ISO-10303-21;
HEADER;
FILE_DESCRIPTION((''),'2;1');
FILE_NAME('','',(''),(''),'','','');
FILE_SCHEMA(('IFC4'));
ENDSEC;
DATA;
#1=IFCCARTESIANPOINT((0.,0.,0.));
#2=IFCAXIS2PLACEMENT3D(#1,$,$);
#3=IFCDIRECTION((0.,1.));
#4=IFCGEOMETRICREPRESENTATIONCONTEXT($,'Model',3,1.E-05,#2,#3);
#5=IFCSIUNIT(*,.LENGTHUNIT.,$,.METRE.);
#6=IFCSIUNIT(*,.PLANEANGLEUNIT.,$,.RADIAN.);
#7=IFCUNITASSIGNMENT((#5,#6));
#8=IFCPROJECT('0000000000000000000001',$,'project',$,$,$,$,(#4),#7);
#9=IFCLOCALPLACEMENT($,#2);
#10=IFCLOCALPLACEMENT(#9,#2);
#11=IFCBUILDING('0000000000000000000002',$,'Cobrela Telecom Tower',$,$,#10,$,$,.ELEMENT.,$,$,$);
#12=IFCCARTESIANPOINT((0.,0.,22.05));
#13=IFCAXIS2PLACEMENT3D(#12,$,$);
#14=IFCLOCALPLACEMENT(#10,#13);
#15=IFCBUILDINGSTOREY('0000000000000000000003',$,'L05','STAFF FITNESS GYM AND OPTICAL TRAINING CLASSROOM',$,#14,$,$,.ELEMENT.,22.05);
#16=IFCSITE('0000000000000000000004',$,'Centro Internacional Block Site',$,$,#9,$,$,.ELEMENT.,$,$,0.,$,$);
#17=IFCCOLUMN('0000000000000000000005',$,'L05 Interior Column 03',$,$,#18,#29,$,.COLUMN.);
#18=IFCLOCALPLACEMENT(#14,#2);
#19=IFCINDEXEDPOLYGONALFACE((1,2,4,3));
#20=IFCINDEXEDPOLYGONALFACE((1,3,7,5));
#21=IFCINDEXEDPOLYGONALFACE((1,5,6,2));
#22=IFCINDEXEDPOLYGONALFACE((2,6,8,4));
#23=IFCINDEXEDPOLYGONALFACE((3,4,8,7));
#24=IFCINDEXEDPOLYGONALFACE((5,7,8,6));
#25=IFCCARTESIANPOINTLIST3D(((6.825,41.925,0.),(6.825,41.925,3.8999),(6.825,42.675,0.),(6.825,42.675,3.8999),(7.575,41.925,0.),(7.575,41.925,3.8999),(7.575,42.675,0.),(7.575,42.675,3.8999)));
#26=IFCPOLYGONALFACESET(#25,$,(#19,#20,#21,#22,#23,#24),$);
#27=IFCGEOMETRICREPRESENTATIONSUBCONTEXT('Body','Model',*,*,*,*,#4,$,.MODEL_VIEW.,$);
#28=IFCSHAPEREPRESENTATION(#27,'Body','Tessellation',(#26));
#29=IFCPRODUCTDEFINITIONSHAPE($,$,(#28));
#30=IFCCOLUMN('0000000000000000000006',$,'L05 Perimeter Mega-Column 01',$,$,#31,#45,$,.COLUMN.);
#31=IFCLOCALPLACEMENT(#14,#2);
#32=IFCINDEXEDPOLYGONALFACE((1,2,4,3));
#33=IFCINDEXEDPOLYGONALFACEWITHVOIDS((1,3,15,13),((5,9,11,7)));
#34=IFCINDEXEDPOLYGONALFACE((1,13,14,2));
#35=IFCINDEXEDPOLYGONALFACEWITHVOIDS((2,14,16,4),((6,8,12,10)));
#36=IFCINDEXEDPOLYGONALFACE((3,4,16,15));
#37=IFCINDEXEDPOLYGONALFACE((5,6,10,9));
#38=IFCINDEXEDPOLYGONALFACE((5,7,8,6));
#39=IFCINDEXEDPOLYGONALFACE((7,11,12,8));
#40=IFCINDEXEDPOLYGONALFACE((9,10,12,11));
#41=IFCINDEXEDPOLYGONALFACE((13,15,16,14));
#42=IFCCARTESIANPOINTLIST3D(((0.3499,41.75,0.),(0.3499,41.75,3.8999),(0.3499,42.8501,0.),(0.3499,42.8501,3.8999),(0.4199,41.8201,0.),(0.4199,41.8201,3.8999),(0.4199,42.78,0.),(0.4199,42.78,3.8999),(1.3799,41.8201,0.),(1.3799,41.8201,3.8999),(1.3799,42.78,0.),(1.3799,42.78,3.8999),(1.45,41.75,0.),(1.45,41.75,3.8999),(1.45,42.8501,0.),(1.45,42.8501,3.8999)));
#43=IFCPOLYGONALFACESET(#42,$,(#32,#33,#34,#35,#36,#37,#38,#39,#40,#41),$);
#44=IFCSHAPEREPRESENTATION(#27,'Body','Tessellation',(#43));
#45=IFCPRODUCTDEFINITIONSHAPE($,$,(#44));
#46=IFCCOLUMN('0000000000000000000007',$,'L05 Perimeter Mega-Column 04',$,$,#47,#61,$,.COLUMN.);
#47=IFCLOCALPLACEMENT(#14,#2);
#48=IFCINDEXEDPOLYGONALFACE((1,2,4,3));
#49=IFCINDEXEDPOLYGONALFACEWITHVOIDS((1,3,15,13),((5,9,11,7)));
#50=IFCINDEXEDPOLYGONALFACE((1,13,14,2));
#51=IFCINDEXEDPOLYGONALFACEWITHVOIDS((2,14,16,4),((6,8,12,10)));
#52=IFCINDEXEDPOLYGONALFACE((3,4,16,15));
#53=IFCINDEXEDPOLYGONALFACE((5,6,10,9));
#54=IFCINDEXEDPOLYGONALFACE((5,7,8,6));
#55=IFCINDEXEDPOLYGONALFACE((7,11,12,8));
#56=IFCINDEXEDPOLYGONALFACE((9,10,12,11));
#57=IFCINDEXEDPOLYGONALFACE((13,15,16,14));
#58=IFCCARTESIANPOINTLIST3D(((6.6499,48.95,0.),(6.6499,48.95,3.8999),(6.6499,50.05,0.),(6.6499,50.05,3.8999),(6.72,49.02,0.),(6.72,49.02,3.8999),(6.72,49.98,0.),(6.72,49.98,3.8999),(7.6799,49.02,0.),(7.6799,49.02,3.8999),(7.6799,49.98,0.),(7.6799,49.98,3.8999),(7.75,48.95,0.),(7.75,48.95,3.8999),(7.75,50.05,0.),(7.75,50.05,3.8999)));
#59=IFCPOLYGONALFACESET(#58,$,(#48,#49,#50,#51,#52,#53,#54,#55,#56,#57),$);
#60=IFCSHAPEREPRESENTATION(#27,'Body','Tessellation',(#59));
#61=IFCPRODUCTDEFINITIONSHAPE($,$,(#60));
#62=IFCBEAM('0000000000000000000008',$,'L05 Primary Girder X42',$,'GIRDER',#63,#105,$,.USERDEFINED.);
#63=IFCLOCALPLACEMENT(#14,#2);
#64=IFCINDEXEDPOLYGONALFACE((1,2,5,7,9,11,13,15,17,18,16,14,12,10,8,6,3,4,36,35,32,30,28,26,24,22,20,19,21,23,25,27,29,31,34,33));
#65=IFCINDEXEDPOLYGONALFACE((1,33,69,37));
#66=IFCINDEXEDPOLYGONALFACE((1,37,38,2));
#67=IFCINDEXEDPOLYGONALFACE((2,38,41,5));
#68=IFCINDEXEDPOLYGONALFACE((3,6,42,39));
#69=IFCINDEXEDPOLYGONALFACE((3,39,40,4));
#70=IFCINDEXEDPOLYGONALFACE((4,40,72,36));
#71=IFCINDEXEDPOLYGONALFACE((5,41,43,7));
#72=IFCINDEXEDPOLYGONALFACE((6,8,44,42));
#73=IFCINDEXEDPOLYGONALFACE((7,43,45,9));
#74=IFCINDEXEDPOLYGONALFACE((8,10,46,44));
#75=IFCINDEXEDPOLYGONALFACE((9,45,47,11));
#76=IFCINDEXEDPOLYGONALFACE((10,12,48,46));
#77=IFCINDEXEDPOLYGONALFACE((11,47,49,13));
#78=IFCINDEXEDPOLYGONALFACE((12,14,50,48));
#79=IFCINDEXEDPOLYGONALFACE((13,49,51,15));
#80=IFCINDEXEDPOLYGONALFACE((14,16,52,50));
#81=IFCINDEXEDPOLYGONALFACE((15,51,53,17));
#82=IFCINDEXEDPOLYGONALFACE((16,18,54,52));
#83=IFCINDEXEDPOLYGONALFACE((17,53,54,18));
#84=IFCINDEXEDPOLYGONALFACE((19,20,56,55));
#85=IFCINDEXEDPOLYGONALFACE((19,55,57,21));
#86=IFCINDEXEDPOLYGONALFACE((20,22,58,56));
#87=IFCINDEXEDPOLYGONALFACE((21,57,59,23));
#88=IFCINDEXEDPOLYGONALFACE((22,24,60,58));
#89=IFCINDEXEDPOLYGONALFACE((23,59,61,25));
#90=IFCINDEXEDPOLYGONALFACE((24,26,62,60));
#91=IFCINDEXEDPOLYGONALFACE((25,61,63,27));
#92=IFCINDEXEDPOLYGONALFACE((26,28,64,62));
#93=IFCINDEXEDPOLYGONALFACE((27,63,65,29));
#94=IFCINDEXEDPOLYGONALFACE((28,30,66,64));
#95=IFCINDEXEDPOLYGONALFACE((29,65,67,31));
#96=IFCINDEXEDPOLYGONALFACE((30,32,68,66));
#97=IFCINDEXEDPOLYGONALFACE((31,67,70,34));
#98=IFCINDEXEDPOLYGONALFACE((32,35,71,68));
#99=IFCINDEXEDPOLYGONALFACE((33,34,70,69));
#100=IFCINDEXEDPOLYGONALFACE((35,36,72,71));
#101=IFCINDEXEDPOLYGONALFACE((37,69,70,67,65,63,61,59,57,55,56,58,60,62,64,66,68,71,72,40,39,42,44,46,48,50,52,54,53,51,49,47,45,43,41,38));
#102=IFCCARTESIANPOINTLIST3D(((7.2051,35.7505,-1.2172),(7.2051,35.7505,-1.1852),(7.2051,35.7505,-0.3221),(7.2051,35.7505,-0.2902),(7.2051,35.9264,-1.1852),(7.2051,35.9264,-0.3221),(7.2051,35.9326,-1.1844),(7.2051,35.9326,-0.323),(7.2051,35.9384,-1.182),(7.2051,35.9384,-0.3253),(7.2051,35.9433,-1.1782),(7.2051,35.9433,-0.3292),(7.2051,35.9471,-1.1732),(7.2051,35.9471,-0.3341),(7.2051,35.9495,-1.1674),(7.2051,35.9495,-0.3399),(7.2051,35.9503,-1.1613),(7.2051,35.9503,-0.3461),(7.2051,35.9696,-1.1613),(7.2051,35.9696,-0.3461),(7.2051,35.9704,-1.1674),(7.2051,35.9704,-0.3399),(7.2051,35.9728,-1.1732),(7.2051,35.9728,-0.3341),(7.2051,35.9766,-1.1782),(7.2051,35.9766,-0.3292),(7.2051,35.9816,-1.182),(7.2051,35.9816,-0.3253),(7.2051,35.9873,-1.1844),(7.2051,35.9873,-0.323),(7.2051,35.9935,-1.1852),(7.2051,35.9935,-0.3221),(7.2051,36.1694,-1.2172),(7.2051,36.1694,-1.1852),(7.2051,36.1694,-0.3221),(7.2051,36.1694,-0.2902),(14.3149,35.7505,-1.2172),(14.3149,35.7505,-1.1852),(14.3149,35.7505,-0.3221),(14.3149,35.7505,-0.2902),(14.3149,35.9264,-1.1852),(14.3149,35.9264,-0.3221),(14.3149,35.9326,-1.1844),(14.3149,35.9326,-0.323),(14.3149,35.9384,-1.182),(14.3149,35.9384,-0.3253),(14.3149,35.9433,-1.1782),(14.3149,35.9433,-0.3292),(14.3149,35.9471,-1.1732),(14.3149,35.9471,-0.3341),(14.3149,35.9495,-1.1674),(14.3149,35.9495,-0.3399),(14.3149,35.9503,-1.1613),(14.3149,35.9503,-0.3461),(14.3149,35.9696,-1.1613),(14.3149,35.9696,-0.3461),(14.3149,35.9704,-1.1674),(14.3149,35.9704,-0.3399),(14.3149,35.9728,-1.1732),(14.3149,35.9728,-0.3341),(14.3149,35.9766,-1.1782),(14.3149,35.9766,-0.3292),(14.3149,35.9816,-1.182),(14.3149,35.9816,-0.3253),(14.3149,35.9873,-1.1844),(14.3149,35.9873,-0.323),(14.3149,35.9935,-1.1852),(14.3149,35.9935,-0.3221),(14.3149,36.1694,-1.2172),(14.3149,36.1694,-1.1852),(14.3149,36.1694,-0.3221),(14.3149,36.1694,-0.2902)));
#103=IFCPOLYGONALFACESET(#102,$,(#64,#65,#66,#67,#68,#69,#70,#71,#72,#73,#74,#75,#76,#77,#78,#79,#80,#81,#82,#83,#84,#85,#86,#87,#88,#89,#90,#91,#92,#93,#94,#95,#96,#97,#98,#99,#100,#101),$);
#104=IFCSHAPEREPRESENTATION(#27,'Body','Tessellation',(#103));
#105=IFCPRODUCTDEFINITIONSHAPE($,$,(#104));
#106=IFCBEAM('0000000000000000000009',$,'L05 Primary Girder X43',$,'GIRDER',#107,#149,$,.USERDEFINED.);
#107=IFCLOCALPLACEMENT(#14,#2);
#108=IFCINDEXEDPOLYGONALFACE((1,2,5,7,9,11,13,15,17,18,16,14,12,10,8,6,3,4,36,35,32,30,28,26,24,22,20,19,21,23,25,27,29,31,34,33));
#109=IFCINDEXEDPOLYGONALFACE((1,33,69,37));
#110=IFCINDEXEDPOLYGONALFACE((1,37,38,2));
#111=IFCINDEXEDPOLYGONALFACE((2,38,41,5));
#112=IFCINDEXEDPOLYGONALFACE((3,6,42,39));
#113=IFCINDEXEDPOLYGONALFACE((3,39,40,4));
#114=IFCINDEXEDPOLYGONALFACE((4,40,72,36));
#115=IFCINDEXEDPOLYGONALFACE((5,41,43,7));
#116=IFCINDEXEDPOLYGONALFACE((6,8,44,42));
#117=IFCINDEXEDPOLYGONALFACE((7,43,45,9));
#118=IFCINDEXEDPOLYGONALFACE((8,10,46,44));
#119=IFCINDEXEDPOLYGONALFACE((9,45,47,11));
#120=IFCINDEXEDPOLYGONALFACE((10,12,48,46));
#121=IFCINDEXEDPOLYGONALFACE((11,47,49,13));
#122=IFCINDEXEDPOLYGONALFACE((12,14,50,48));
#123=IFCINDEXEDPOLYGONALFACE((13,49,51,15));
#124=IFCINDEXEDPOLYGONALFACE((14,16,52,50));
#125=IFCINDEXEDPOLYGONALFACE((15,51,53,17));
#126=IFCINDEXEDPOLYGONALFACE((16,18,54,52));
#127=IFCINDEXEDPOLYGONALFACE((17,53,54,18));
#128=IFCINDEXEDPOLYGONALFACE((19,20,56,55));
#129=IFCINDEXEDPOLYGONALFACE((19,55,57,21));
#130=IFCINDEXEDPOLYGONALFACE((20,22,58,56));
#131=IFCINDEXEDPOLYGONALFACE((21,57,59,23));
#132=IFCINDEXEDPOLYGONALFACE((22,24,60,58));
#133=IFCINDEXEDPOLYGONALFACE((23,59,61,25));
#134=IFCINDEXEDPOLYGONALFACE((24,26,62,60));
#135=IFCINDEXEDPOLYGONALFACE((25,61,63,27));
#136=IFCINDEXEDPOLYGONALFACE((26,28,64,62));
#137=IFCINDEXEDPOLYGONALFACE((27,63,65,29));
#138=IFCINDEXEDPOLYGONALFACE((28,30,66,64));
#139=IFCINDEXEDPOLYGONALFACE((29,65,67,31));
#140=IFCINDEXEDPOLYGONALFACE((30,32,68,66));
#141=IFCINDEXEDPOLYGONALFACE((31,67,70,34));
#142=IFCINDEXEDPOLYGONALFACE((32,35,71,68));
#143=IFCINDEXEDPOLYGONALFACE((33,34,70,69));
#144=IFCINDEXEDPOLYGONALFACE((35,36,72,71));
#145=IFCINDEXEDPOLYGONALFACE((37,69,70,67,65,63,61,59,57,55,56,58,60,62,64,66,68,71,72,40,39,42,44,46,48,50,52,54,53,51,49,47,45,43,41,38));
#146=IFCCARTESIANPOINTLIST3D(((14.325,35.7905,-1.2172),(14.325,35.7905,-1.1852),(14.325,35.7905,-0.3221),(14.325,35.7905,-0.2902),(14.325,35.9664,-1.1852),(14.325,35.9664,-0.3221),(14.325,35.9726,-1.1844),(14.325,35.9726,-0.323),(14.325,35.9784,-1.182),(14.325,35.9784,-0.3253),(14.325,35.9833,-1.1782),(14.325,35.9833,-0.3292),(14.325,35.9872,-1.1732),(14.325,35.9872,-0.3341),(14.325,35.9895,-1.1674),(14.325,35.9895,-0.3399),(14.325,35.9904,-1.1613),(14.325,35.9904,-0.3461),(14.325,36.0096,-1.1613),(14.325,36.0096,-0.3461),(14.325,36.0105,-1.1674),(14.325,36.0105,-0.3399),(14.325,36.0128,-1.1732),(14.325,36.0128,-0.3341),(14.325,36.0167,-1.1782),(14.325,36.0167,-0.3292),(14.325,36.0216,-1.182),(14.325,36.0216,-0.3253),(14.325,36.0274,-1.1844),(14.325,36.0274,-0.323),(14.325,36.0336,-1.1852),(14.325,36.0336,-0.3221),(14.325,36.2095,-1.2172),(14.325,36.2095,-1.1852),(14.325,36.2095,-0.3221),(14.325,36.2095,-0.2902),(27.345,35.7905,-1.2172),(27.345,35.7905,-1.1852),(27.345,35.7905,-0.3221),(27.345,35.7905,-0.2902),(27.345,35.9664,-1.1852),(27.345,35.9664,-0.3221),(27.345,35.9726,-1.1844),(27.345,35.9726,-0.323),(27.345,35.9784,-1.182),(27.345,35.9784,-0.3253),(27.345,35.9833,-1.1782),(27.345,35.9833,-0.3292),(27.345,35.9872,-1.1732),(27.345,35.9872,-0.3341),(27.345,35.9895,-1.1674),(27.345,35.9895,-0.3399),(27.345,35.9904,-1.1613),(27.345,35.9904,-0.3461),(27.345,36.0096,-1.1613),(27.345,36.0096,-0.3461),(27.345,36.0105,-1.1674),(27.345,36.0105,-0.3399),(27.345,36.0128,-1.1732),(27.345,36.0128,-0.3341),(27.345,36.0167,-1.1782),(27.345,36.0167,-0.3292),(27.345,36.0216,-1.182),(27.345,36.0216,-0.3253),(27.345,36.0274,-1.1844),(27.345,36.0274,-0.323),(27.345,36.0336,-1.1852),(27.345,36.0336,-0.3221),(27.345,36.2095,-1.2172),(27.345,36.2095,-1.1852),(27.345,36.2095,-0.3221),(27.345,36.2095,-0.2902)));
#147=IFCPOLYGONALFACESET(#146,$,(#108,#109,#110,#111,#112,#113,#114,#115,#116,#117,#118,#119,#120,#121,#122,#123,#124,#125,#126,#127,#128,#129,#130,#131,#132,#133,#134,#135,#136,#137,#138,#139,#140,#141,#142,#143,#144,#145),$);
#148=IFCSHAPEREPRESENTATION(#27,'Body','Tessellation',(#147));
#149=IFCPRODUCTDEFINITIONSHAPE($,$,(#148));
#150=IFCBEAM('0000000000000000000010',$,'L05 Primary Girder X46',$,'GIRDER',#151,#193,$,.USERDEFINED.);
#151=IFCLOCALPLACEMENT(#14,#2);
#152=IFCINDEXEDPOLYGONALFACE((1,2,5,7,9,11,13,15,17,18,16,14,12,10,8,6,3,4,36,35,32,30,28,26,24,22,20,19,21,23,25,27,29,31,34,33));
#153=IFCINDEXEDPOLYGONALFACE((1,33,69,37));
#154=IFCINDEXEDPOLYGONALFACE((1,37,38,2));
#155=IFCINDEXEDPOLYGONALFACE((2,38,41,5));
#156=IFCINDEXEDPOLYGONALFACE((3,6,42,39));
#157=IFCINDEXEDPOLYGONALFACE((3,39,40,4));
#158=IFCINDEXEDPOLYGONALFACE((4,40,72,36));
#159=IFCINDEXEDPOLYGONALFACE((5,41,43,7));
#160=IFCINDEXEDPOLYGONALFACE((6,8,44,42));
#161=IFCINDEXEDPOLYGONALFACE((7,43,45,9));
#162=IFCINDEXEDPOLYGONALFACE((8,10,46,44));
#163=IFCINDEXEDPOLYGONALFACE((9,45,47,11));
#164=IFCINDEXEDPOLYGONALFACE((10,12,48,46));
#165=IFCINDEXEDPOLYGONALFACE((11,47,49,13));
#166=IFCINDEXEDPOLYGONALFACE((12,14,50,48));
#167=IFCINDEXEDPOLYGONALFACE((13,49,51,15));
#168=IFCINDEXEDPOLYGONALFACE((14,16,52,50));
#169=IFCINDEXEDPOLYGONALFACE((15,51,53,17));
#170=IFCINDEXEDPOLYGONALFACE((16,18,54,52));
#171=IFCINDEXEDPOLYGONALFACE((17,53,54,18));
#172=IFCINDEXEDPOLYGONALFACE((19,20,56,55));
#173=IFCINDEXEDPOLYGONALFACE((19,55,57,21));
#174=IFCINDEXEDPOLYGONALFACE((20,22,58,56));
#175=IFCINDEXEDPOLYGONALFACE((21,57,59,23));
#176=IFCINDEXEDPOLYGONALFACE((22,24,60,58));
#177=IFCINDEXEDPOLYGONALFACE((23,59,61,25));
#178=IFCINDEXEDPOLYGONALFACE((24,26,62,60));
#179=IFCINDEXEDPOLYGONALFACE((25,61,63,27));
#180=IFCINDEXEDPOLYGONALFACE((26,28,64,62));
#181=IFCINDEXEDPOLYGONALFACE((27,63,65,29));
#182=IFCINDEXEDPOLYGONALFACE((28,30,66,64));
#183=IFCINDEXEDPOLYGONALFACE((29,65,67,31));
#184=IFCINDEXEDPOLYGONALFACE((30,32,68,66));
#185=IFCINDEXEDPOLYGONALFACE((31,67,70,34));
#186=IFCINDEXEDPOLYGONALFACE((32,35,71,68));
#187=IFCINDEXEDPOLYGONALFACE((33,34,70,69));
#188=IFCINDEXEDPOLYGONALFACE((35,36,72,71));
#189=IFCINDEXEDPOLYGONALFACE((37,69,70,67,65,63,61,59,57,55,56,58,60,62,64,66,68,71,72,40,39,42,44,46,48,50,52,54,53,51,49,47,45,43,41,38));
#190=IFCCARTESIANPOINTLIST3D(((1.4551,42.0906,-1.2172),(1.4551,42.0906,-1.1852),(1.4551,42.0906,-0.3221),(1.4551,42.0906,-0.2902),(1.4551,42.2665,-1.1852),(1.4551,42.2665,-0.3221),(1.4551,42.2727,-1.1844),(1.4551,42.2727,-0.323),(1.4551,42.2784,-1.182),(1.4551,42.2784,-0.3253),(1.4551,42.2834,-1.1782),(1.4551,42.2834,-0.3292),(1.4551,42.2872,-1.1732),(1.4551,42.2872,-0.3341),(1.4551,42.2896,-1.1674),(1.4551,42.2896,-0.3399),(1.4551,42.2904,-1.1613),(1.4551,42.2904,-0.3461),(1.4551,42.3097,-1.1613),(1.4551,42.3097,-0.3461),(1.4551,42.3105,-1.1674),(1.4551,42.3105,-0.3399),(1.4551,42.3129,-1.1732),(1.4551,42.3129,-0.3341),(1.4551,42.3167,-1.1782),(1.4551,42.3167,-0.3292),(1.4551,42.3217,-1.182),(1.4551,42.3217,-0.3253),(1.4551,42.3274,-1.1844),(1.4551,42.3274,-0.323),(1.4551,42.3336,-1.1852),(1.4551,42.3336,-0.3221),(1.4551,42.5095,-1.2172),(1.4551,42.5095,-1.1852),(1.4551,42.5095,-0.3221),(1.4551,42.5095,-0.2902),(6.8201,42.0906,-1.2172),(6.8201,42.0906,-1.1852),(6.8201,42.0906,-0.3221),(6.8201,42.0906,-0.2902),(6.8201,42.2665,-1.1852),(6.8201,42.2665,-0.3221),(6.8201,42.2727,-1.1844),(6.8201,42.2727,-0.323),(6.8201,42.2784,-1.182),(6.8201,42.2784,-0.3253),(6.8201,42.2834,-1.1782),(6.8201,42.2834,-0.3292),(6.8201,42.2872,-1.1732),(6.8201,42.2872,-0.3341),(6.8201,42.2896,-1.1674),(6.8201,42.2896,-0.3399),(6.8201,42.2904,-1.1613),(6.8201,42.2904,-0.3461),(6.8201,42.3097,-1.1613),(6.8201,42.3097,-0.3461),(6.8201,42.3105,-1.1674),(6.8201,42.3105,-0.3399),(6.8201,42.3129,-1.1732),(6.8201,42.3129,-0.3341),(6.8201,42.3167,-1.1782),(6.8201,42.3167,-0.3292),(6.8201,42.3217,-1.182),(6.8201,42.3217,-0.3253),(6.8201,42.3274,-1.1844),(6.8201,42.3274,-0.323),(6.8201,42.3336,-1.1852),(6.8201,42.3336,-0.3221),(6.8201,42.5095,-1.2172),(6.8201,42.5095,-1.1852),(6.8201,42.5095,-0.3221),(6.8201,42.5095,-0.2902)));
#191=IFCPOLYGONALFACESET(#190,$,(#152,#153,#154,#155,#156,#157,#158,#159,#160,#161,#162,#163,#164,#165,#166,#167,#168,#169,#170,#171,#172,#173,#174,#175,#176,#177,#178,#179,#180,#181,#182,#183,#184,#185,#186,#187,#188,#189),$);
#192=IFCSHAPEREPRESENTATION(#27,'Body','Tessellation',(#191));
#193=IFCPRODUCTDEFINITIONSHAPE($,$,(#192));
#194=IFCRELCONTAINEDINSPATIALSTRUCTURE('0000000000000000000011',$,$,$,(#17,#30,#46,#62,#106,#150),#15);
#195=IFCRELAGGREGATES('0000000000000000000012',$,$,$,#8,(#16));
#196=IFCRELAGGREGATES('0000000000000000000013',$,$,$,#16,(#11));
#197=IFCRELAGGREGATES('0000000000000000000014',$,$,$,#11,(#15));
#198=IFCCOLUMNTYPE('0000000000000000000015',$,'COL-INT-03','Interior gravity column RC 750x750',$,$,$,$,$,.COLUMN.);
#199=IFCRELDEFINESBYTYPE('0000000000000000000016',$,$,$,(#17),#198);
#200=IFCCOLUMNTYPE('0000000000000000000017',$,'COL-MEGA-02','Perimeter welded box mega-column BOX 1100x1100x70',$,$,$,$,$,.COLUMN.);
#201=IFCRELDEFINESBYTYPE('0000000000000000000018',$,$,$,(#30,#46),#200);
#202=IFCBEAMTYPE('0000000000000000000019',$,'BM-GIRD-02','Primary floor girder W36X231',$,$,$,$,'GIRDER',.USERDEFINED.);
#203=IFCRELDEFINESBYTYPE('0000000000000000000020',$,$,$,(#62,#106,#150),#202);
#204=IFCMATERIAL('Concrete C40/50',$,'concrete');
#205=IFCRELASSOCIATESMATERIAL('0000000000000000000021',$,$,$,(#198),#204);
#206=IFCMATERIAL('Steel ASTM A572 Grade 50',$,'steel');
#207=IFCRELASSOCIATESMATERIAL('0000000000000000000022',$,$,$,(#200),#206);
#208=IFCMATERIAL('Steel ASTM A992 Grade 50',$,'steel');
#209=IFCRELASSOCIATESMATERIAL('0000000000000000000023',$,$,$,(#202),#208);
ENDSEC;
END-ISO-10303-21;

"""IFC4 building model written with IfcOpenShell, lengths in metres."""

from ifc_helpers import new_model, si_unit, direction, frame, origin, origin_2d, place, context, subcontext, project, spatial, rectangle, hollow_rectangle, i_section, extrude, material, material_profile, profile_set, type_object, element, save


model = new_model("IFC4")

# Units and contexts
model_context = context("Model", 3, precision=1e-05, world=origin(), true_north=direction((0.0, 1.0)))
body_context = subcontext(model_context, "Body", "Model", "MODEL_VIEW")
ifc_project = project(units=[si_unit("LENGTHUNIT", "METRE"), si_unit("PLANEANGLEUNIT", "RADIAN")], contexts=[model_context])

# Site, building, storey
site_placement = place(None, origin())
site = spatial("IfcSite", under=ifc_project, at=site_placement, Name="Centro Internacional Block Site", CompositionType="ELEMENT", RefElevation=0.0)
building_placement = place(site_placement, origin())
building = spatial("IfcBuilding", under=site, at=building_placement, Name="Cobrela Telecom Tower", CompositionType="ELEMENT")
storey_placement = place(building_placement, frame((0.0, 0.0, 22.05)))
storey = spatial("IfcBuildingStorey", under=building, at=storey_placement, Name="L05", Description="STAFF FITNESS GYM AND OPTICAL TRAINING CLASSROOM", CompositionType="ELEMENT", Elevation=22.05)

# Columns
ifc_material_1 = material(Name="Concrete C40/50", Category="concrete")
ifc_material_profile_1 = material_profile(ifc_material_1, rectangle(XDim=0.75, YDim=0.75, at=origin_2d()), Name="RC 750x750")
ifc_profile_set_1 = profile_set([ifc_material_profile_1], Name="Concrete C40/50")
column_type_1 = type_object("IfcColumnType", Name="COL-INT-03", Description="Interior gravity column RC 750x750", PredefinedType="COLUMN", material=ifc_profile_set_1)
column_placement = place(storey_placement, frame((7.2, 42.3, 0.0), z_axis=(0.0, 0.0, 1.0), x_axis=(1.0, 0.0, 0.0)))
element("IfcColumn", 1, at=column_placement, inside=storey, type_object=column_type_1, Name="L05 Interior Column 03", PredefinedType="COLUMN", context=body_context, shape_type="SweptSolid", body=[
    extrude(rectangle(XDim=0.75, YDim=0.75, at=origin_2d()), origin(), (0.0, 0.0, 1.0), 3.8999),
])
ifc_material_2 = material(Name="Steel ASTM A572 Grade 50", Category="steel")
ifc_material_profile_2 = material_profile(ifc_material_2, hollow_rectangle(XDim=1.1001, YDim=1.1001, WallThickness=0.0701, at=origin_2d()), Name="BOX 1100x1100x70")
ifc_profile_set_2 = profile_set([ifc_material_profile_2], Name="Steel ASTM A572 Grade 50")
column_type_2 = type_object("IfcColumnType", Name="COL-MEGA-02", Description="Perimeter welded box mega-column BOX 1100x1100x70", PredefinedType="COLUMN", material=ifc_profile_set_2)
for number, where, z_axis, x_axis, name in (
    (2, (0.8999, 42.3, 0.0), (0.0, 0.0, 1.0), (1.0, 0.0, 0.0), "L05 Perimeter Mega-Column 01"),
    (3, (7.2, 49.5, 0.0), (0.0, 0.0, 1.0), (1.0, 0.0, 0.0), "L05 Perimeter Mega-Column 04"),
):
    element("IfcColumn", number, at=place(storey_placement, frame(where, z_axis=z_axis, x_axis=x_axis)), inside=storey, type_object=column_type_2, Name=name, PredefinedType="COLUMN", context=body_context, shape_type="SweptSolid", body=[
        extrude(hollow_rectangle(XDim=1.1001, YDim=1.1001, WallThickness=0.0701, at=origin_2d()), origin(), (0.0, 0.0, 1.0), 3.8999),
    ])

# Beams
ifc_material_3 = material(Name="Steel ASTM A992 Grade 50", Category="steel")
ifc_material_profile_3 = material_profile(ifc_material_3, i_section(OverallWidth=0.4189, OverallDepth=0.927, WebThickness=0.0193, FlangeThickness=0.032, FilletRadius=0.0239, at=origin_2d()), Name="W36X231")
ifc_profile_set_3 = profile_set([ifc_material_profile_3], Name="Steel ASTM A992 Grade 50")
beam_type_1 = type_object("IfcBeamType", Name="BM-GIRD-02", Description="Primary floor girder W36X231", ElementType="GIRDER", PredefinedType="USERDEFINED", material=ifc_profile_set_3)
beam_1_placement = place(storey_placement, frame((7.2051, 35.96, -0.7537), z_axis=(1.0, 0.0, 0.0), x_axis=(0.0, 1.0, 0.0)))
element("IfcBeam", 4, at=beam_1_placement, inside=storey, type_object=beam_type_1, Name="L05 Primary Girder X42", ObjectType="GIRDER", PredefinedType="USERDEFINED", context=body_context, shape_type="SweptSolid", body=[
    extrude(i_section(OverallWidth=0.4189, OverallDepth=0.927, WebThickness=0.0193, FlangeThickness=0.032, FilletRadius=0.0239, at=origin_2d()), origin(), (0.0, 0.0, 1.0), 7.1099),
])
beam_2_placement = place(storey_placement, frame((14.325, 36.0, -0.7537), z_axis=(1.0, 0.0, 0.0), x_axis=(0.0, 1.0, 0.0)))
element("IfcBeam", 5, at=beam_2_placement, inside=storey, type_object=beam_type_1, Name="L05 Primary Girder X43", ObjectType="GIRDER", PredefinedType="USERDEFINED", context=body_context, shape_type="SweptSolid", body=[
    extrude(i_section(OverallWidth=0.4189, OverallDepth=0.927, WebThickness=0.0193, FlangeThickness=0.032, FilletRadius=0.0239, at=origin_2d()), origin(), (0.0, 0.0, 1.0), 13.02),
])
beam_3_placement = place(storey_placement, frame((1.4551, 42.3, -0.7537), z_axis=(1.0, 0.0, 0.0), x_axis=(0.0, 1.0, 0.0)))
element("IfcBeam", 6, at=beam_3_placement, inside=storey, type_object=beam_type_1, Name="L05 Primary Girder X46", ObjectType="GIRDER", PredefinedType="USERDEFINED", context=body_context, shape_type="SweptSolid", body=[
    extrude(i_section(OverallWidth=0.4189, OverallDepth=0.927, WebThickness=0.0193, FlangeThickness=0.032, FilletRadius=0.0239, at=origin_2d()), origin(), (0.0, 0.0, 1.0), 5.365),
])

save(model, "model.ifc")
